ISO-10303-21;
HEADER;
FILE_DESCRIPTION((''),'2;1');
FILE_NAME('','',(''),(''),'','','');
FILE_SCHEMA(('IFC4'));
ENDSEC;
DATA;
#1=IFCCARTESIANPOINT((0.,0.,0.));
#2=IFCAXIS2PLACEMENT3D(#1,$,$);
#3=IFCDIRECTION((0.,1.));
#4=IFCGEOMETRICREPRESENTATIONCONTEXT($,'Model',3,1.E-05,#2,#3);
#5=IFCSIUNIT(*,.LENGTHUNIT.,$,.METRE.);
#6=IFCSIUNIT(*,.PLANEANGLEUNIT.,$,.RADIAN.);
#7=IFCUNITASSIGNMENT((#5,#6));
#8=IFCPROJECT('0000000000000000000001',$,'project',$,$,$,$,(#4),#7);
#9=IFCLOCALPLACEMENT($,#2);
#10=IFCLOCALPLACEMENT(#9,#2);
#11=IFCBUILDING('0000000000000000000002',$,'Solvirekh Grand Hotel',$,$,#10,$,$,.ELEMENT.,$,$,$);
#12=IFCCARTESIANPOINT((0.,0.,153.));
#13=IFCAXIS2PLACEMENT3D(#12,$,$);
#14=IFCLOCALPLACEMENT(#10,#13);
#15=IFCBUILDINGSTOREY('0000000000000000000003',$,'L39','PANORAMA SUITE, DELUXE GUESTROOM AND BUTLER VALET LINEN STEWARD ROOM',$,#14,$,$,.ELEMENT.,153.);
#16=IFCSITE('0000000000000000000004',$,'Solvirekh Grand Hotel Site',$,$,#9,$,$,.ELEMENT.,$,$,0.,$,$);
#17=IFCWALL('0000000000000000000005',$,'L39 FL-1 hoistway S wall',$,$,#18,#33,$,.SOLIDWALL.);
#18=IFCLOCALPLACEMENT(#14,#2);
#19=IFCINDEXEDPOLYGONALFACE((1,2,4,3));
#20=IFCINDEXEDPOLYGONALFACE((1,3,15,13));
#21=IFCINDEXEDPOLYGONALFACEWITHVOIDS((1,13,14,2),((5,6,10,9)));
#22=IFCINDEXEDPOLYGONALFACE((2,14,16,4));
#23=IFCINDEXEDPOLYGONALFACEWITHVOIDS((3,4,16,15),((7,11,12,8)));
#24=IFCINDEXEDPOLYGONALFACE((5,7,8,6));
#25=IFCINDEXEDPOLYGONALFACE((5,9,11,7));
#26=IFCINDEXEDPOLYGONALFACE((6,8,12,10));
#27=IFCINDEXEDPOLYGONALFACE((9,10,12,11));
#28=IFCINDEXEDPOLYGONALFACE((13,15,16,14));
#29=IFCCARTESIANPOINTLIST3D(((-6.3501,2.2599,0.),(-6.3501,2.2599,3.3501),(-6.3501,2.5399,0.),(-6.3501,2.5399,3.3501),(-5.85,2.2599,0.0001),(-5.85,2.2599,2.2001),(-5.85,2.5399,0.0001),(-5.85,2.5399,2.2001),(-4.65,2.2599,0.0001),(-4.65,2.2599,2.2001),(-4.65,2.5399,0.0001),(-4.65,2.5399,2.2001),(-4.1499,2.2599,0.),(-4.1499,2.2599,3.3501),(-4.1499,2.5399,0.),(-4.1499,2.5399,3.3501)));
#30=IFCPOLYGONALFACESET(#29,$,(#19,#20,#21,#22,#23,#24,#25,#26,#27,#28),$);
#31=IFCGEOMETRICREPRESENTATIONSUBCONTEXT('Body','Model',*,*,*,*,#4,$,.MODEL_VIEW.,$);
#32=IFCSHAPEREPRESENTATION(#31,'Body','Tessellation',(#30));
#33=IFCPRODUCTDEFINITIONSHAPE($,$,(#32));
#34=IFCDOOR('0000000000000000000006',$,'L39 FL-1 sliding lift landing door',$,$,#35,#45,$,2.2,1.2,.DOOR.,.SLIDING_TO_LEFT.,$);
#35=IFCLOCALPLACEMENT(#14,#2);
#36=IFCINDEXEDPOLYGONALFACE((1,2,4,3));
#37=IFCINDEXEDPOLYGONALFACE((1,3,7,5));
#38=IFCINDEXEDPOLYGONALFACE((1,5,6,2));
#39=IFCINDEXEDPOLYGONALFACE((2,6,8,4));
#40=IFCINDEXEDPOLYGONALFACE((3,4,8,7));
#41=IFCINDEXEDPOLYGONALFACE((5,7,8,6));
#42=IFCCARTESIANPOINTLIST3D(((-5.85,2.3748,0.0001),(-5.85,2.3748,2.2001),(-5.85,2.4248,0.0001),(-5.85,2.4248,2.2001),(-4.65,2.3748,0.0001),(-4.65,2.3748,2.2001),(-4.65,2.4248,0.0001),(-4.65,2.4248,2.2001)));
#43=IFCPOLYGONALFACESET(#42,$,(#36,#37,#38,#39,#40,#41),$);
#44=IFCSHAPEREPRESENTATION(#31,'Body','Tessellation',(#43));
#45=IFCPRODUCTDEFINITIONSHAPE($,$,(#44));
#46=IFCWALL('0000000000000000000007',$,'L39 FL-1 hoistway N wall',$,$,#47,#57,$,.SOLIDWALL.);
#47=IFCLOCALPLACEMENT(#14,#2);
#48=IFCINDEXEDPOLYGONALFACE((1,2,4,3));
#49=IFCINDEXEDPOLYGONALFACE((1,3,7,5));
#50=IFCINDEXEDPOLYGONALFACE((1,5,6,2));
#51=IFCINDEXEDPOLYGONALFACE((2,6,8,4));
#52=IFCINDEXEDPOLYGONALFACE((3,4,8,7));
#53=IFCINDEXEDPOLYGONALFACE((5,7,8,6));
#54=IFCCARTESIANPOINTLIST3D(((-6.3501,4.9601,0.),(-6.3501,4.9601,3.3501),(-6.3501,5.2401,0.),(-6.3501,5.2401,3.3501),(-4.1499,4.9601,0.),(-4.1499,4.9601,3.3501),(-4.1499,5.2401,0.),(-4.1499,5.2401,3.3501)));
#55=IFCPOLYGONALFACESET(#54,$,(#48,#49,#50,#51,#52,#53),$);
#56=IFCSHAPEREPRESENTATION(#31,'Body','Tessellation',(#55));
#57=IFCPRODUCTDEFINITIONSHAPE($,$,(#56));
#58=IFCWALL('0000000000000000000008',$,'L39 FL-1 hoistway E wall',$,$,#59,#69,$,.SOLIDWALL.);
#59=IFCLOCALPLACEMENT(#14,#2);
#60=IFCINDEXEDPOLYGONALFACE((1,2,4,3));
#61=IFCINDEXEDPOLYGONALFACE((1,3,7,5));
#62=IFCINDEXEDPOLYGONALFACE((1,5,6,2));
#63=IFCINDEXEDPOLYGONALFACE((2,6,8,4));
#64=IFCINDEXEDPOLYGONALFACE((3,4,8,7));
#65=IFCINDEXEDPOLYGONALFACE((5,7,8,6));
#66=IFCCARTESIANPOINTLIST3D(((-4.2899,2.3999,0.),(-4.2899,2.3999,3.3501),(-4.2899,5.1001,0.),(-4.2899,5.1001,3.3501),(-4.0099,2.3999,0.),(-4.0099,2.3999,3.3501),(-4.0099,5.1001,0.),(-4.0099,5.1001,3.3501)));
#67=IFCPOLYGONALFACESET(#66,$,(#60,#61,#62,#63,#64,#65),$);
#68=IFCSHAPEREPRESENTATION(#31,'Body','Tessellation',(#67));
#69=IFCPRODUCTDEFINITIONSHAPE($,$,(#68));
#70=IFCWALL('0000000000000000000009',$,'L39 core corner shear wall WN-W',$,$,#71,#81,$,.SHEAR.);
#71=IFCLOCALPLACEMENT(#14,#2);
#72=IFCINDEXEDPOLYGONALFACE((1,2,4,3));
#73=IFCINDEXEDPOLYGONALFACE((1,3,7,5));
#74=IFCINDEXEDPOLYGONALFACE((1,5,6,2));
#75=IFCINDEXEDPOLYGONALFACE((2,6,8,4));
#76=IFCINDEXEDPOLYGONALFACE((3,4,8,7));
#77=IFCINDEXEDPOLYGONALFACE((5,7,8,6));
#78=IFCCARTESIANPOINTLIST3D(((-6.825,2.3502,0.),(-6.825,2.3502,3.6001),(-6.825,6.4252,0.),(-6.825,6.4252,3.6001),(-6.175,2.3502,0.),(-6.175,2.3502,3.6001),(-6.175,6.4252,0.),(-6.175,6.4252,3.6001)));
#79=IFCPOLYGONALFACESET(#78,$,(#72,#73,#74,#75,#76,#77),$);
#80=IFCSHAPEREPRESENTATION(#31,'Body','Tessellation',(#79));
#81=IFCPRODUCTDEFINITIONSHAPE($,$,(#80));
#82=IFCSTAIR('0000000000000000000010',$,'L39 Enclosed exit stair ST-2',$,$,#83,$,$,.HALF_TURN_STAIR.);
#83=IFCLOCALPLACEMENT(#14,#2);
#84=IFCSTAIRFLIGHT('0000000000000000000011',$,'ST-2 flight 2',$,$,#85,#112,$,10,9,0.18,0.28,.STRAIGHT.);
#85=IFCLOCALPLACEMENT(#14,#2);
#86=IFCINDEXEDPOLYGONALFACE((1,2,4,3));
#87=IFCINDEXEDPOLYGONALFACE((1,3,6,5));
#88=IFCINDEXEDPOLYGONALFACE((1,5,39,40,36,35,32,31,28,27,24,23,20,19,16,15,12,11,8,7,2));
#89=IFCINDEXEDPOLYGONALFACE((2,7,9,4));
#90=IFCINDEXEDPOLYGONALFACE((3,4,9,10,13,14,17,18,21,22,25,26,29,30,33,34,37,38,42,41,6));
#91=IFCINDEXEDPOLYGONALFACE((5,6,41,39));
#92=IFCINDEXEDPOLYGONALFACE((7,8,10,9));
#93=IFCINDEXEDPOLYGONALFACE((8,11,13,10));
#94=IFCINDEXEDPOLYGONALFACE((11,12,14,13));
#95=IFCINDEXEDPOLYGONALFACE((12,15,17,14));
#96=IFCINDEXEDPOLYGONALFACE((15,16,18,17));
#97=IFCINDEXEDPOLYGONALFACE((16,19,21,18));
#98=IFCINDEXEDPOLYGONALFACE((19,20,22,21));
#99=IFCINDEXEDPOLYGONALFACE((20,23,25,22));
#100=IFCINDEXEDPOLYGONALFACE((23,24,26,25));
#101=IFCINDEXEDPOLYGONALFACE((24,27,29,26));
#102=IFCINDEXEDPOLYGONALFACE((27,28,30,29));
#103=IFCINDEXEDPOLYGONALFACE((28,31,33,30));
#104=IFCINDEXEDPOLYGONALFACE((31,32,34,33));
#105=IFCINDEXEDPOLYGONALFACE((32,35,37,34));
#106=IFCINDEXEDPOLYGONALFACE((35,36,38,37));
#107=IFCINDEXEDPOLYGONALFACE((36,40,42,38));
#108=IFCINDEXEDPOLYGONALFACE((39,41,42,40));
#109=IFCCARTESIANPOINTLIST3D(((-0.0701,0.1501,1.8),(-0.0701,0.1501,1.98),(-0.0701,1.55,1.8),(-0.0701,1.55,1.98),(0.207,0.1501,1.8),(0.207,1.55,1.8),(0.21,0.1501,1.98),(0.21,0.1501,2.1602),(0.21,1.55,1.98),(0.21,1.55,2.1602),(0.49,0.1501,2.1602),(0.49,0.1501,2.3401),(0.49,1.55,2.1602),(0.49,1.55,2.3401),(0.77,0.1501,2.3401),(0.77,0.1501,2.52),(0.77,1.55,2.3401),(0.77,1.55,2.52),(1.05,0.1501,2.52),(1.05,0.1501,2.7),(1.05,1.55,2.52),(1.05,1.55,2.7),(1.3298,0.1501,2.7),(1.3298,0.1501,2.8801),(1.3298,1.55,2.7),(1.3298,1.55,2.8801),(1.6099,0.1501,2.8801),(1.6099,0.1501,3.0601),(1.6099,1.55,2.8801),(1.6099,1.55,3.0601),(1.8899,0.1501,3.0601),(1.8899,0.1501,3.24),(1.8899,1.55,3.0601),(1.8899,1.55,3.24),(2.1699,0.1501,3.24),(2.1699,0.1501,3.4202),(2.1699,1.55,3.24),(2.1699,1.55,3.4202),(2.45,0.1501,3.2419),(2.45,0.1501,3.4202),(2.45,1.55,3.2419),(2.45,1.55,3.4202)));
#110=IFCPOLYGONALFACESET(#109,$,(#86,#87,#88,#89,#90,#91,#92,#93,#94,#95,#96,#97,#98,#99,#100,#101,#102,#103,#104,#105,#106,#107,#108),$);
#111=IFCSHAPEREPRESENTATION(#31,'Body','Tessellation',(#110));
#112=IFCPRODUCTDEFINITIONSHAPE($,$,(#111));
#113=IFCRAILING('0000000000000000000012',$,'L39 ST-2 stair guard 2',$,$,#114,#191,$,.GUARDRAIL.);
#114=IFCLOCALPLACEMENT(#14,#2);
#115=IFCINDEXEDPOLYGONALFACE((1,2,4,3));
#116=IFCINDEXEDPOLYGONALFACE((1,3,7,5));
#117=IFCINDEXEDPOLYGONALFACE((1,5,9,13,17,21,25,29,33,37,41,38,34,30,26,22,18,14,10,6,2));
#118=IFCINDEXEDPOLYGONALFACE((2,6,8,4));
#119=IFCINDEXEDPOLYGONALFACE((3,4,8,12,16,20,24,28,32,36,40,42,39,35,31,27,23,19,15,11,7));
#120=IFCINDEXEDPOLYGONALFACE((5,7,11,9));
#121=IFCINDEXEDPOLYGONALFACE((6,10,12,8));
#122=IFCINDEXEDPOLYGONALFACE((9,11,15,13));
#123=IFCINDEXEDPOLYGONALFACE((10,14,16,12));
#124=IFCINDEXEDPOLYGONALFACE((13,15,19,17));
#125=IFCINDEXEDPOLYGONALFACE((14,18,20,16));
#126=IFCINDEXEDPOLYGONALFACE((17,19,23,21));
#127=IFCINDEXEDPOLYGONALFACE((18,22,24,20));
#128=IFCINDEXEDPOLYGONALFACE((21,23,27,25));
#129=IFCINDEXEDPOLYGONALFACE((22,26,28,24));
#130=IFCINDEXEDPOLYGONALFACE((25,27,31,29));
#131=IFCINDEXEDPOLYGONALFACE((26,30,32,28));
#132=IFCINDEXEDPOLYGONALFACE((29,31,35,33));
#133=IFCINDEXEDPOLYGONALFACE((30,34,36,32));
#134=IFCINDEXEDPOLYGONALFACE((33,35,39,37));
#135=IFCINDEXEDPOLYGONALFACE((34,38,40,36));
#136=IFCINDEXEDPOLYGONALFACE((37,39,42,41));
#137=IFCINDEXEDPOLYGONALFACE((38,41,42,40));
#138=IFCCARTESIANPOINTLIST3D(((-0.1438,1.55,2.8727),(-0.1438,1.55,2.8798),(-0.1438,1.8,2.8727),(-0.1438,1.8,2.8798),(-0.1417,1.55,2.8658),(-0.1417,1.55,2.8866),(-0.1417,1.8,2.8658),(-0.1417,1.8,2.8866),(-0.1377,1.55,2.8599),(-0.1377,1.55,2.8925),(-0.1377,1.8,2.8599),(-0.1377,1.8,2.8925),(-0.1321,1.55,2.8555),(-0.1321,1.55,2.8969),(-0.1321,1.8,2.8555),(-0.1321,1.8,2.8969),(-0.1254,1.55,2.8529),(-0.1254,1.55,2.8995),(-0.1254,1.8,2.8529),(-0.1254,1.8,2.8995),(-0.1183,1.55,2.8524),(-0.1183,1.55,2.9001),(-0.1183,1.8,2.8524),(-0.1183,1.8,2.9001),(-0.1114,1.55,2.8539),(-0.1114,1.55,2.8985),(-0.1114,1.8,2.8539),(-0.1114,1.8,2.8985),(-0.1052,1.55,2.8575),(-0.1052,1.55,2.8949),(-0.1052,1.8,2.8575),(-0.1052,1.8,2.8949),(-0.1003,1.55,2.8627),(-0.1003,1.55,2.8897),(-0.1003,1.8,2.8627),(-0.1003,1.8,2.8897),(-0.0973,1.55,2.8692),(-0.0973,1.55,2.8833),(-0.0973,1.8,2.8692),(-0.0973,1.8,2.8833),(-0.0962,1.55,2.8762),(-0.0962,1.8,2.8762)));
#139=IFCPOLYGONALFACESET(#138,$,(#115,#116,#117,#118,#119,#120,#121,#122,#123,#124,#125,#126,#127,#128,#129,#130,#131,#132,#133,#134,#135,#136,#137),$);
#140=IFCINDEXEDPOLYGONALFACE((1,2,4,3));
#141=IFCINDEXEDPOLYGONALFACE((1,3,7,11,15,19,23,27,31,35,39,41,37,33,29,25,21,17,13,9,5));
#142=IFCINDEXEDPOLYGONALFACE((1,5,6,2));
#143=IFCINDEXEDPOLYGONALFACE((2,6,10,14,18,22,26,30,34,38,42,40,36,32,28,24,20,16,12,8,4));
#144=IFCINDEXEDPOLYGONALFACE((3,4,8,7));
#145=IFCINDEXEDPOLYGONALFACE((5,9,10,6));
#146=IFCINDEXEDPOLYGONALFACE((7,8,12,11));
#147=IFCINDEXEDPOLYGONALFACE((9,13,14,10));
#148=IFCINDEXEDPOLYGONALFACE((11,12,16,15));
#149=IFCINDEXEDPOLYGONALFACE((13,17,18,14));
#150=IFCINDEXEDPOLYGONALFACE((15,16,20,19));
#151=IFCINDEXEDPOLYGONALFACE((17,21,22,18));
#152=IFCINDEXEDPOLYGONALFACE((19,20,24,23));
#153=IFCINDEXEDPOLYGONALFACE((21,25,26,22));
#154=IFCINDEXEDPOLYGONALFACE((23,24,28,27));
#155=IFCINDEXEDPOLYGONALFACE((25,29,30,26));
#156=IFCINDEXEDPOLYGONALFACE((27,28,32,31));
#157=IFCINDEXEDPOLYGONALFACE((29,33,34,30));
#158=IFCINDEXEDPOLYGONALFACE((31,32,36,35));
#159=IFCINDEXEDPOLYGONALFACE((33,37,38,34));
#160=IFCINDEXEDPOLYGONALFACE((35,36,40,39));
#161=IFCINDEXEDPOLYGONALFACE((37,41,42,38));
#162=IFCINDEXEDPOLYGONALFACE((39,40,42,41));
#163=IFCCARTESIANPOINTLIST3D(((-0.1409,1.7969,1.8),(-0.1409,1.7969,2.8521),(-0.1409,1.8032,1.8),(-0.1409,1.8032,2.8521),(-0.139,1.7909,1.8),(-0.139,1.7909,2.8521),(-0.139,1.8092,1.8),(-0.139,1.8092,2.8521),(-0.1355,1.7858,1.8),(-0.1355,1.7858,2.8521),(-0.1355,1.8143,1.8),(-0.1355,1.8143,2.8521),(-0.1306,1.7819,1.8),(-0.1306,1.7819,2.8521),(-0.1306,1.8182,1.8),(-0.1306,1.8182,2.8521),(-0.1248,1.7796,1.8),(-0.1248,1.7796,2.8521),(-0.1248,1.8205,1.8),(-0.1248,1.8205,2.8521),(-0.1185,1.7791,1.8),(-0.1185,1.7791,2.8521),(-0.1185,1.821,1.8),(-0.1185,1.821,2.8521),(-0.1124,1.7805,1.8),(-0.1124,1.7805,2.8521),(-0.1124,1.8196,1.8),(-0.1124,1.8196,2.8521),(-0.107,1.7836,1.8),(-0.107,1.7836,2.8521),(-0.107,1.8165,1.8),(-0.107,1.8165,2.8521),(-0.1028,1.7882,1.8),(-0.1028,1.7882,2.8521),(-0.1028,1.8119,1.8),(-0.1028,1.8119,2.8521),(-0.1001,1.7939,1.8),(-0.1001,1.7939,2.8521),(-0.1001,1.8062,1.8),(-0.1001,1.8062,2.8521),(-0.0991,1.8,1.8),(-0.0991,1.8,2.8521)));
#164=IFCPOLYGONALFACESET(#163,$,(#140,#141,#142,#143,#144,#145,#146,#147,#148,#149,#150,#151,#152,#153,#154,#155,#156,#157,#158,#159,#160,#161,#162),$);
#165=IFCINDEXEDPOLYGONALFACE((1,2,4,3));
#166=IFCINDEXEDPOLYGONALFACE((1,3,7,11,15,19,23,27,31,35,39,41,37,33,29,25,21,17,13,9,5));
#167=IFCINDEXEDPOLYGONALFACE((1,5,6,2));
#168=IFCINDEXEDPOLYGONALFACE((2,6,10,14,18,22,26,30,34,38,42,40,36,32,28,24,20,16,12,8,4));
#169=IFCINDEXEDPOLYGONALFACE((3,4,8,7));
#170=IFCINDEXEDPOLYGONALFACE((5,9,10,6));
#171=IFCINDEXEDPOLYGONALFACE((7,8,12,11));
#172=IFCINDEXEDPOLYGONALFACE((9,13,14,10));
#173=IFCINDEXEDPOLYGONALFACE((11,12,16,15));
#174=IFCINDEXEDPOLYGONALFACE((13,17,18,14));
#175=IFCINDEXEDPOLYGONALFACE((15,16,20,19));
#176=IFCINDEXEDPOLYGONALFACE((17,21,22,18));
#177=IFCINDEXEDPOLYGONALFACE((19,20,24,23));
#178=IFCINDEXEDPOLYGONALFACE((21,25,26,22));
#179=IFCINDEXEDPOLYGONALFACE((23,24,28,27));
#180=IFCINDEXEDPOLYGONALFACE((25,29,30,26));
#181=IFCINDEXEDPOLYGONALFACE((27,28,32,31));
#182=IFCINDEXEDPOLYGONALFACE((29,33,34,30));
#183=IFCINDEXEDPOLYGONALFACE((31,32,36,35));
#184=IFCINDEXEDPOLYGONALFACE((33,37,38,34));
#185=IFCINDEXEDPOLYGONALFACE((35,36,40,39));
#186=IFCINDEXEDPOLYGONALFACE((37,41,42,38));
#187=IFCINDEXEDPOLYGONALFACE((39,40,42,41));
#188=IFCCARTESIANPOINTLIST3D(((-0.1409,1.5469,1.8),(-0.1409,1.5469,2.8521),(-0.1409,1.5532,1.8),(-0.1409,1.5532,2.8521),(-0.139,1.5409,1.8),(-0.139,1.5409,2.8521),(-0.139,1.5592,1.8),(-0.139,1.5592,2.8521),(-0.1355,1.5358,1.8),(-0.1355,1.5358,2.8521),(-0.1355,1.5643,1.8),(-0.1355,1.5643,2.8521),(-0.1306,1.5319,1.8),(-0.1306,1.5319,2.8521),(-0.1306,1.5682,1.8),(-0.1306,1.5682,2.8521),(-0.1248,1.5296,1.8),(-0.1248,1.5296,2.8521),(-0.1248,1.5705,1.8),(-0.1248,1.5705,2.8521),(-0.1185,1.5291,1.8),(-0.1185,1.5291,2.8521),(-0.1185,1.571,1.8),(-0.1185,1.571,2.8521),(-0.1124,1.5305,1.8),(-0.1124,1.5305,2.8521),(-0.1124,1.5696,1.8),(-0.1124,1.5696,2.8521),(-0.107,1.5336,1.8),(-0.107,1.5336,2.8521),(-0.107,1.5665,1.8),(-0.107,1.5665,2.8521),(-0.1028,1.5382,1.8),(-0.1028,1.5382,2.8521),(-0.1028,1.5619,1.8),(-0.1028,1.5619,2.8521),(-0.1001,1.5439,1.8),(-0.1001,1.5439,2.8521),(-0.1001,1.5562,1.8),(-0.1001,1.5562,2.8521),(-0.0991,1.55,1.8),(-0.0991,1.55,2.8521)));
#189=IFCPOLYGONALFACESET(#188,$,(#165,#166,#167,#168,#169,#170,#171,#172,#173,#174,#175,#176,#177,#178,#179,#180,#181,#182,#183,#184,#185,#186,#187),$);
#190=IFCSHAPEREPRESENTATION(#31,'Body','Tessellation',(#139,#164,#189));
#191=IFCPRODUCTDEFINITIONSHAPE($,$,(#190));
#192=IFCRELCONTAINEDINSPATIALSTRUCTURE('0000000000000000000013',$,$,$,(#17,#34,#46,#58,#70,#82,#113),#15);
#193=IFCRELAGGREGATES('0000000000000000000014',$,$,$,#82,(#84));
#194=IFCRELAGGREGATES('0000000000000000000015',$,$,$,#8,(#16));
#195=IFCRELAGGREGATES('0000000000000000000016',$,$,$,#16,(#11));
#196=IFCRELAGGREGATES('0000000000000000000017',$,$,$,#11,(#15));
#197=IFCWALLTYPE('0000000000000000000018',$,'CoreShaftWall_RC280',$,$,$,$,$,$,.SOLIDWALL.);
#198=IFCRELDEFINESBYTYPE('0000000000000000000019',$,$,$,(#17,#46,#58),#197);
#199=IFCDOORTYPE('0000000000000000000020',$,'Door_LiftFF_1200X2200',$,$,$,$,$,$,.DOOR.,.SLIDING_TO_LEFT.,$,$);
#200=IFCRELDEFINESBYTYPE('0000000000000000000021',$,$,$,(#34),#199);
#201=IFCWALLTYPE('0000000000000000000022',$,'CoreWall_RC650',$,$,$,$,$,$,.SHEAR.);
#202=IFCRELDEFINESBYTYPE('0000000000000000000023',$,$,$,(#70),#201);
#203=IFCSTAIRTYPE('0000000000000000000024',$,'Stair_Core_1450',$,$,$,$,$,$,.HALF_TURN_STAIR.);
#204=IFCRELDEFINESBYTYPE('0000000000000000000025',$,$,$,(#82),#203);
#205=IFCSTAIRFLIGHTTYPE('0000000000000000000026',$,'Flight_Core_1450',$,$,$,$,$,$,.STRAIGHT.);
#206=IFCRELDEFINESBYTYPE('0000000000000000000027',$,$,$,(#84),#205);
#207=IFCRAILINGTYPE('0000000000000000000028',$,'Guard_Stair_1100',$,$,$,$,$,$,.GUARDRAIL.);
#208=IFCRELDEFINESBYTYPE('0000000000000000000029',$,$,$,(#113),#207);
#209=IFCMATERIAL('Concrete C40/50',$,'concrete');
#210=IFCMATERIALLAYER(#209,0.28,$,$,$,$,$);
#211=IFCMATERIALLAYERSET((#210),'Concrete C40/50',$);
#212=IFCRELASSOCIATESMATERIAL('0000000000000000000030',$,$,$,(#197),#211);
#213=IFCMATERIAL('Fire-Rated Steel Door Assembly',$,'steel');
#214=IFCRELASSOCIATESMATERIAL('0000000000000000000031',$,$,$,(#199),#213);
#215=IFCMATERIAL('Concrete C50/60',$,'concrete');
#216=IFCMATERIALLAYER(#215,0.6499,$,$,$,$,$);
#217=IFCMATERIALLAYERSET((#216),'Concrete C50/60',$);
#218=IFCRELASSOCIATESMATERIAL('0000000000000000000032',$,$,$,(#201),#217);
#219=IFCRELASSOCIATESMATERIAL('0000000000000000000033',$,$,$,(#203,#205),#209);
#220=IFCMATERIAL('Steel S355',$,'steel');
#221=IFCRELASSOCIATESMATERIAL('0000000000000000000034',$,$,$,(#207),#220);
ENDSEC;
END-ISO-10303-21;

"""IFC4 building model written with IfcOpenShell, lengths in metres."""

from ifc_helpers import new_model, si_unit, direction, frame, frame_2d, origin, origin_2d, place, context, subcontext, project, spatial, polyline, rectangle, circle, outline, extrude, material, layer, layer_set, type_object, element, fill, aggregate, save


model = new_model("IFC4")

# Units and contexts
model_context = context("Model", 3, precision=1e-05, world=origin(), true_north=direction((0.0, 1.0)))
body_context = subcontext(model_context, "Body", "Model", "MODEL_VIEW")
ifc_project = project(units=[si_unit("LENGTHUNIT", "METRE"), si_unit("PLANEANGLEUNIT", "RADIAN")], contexts=[model_context])

# Site, building, storey
site_placement = place(None, origin())
site = spatial("IfcSite", under=ifc_project, at=site_placement, Name="Solvirekh Grand Hotel Site", CompositionType="ELEMENT", RefElevation=0.0)
building_placement = place(site_placement, origin())
building = spatial("IfcBuilding", under=site, at=building_placement, Name="Solvirekh Grand Hotel", CompositionType="ELEMENT")
storey_placement = place(building_placement, frame((0.0, 0.0, 153.0)))
storey = spatial("IfcBuildingStorey", under=building, at=storey_placement, Name="L39", Description="PANORAMA SUITE, DELUXE GUESTROOM AND BUTLER VALET LINEN STEWARD ROOM", CompositionType="ELEMENT", Elevation=153.0)

# Shared definitions
ifc_material_1 = material(Name="Concrete C50/60", Category="concrete")

# Shared definitions
ifc_material_2 = material(Name="Steel S355", Category="steel")

# Shared definitions
ifc_material_3 = material(Name="Concrete C40/50", Category="concrete")
ifc_layer_1 = layer(ifc_material_3, 0.28)
ifc_layer_set_1 = layer_set([ifc_layer_1], Name="Concrete C40/50")
wall_type_1 = type_object("IfcWallType", Name="CoreShaftWall_RC280", PredefinedType="SOLIDWALL", material=ifc_layer_set_1)

# Wall, opening, door
wall_1_placement = place(storey_placement, frame((-6.3501, 2.3999, 0.0), z_axis=(0.0, 0.0, 1.0), x_axis=(1.0, 0.0, 0.0)))
wall_1 = element("IfcWall", 1, at=wall_1_placement, inside=storey, type_object=wall_type_1, Name="L39 FL-1 hoistway S wall", PredefinedType="SOLIDWALL", context=body_context, shape_type="SweptSolid", body=[
    extrude(rectangle(XDim=2.2002, YDim=0.28, at=frame_2d((1.1001, 0.0))), origin(), (0.0, 0.0, 1.0), 3.3501),
])
opening_placement = place(wall_1_placement, frame((0.5, 0.0, 0.0)))
opening = element("IfcOpeningElement", 2, at=opening_placement, cuts=wall_1, PredefinedType="OPENING", context=body_context, shape_type="SweptSolid", body=[
    extrude(rectangle(XDim=1.2, YDim=2.2, at=frame_2d((0.6001, 1.1001))), frame((0.0, 0.1499, 0.0), z_axis=(0.0, -1.0, 0.0), x_axis=(1.0, 0.0, 0.0)), (0.0, 0.0, 1.0), 0.3),
])
ifc_material_4 = material(Name="Fire-Rated Steel Door Assembly", Category="steel")
door_type = type_object("IfcDoorType", Name="Door_LiftFF_1200X2200", OperationType="SLIDING_TO_LEFT", PredefinedType="DOOR", material=ifc_material_4)
door_placement = place(opening_placement, origin())
door = element("IfcDoor", 3, at=door_placement, inside=storey, type_object=door_type, Name="L39 FL-1 sliding lift landing door", OperationType="SLIDING_TO_LEFT", OverallHeight=2.2, OverallWidth=1.2, PredefinedType="DOOR", context=body_context, shape_type="SweptSolid", body=[
    extrude(rectangle(XDim=1.2, YDim=2.2, at=frame_2d((0.6001, 1.1001))), frame((0.0, 0.0249, 0.0), z_axis=(0.0, -1.0, 0.0), x_axis=(1.0, 0.0, 0.0)), (0.0, 0.0, 1.0), 0.05),
])
fill(opening, door)

# Walls
wall_2_placement = place(storey_placement, frame((-4.1499, 5.1001, 0.0), z_axis=(0.0, 0.0, 1.0), x_axis=(-1.0, 0.0, 0.0)))
element("IfcWall", 4, at=wall_2_placement, inside=storey, type_object=wall_type_1, Name="L39 FL-1 hoistway N wall", PredefinedType="SOLIDWALL", context=body_context, shape_type="SweptSolid", body=[
    extrude(rectangle(XDim=2.2002, YDim=0.28, at=frame_2d((1.1001, 0.0))), origin(), (0.0, 0.0, 1.0), 3.3501),
])
wall_3_placement = place(storey_placement, frame((-4.1499, 2.3999, 0.0), z_axis=(0.0, 0.0, 1.0), x_axis=(0.0, 1.0, 0.0)))
element("IfcWall", 5, at=wall_3_placement, inside=storey, type_object=wall_type_1, Name="L39 FL-1 hoistway E wall", PredefinedType="SOLIDWALL", context=body_context, shape_type="SweptSolid", body=[
    extrude(rectangle(XDim=2.7002, YDim=0.28, at=frame_2d((1.3501, 0.0))), origin(), (0.0, 0.0, 1.0), 3.3501),
])
ifc_layer_2 = layer(ifc_material_1, 0.6499)
ifc_layer_set_2 = layer_set([ifc_layer_2], Name="Concrete C50/60")
wall_type_2 = type_object("IfcWallType", Name="CoreWall_RC650", PredefinedType="SHEAR", material=ifc_layer_set_2)
wall_4_placement = place(storey_placement, frame((-6.5, 2.3501, 0.0), z_axis=(0.0, 0.0, 1.0), x_axis=(0.0, 1.0, 0.0)))
element("IfcWall", 6, at=wall_4_placement, inside=storey, type_object=wall_type_2, Name="L39 core corner shear wall WN-W", PredefinedType="SHEAR", context=body_context, shape_type="SweptSolid", body=[
    extrude(rectangle(XDim=4.075, YDim=0.6499, at=frame_2d((2.0376, 0.0))), origin(), (0.0, 0.0, 1.0), 3.6001),
])

# Stair, stair flight
stair_type = type_object("IfcStairType", Name="Stair_Core_1450", PredefinedType="HALF_TURN_STAIR", material=ifc_material_3)
stair_placement = place(storey_placement, origin())
stair = element("IfcStair", 7, at=stair_placement, inside=storey, type_object=stair_type, Name="L39 Enclosed exit stair ST-2", PredefinedType="HALF_TURN_STAIR")
stair_flight_type = type_object("IfcStairFlightType", Name="Flight_Core_1450", PredefinedType="STRAIGHT", material=ifc_material_3)
stair_flight_placement = place(storey_placement, frame((-0.0701, 0.8501, 1.8), z_axis=(0.0, 0.0, 1.0), x_axis=(1.0, 0.0, 0.0)))
stair_flight = element("IfcStairFlight", 8, at=stair_flight_placement, type_object=stair_flight_type, Name="ST-2 flight 2", NumberOfRisers=10, NumberOfTreads=9, PredefinedType="STRAIGHT", RiserHeight=0.18, TreadLength=0.28, context=body_context, shape_type="SweptSolid", body=[
    extrude(outline(polyline([(0.0, 0.0), (0.0, 0.1799), (0.28, 0.1799), (0.28, 0.3601), (0.5601, 0.3601), (0.5601, 0.54), (0.8401, 0.54), (0.8401, 0.72), (1.1201, 0.72), (1.1201, 0.8999), (1.3999, 0.8999), (1.3999, 1.0801), (1.6799, 1.0801), (1.6799, 1.26), (1.96, 1.26), (1.96, 1.4399), (2.24, 1.4399), (2.24, 1.6201), (2.52, 1.6201), (2.52, 1.8), (2.52, 1.4419), (0.2771, 0.0), (0.0, 0.0)])), frame((0.0, 0.7, 0.0), z_axis=(0.0, -1.0, 0.0), x_axis=(1.0, 0.0, 0.0)), (0.0, 0.0, 1.0), 1.3999),
])
aggregate(stair, [stair_flight])

# Railing
railing_type_1 = type_object("IfcRailingType", Name="Guard_Stair_1100", PredefinedType="GUARDRAIL", material=ifc_material_2)
railing_1_placement = place(storey_placement, frame((-0.1201, 1.8, 1.8)))
element("IfcRailing", 9, at=railing_1_placement, inside=storey, type_object=railing_type_1, Name="L39 ST-2 stair guard 2", PredefinedType="GUARDRAIL", context=body_context, shape_type="SweptSolid", body=[
    extrude(circle(Radius=0.0239, at=origin_2d()), frame((0.0, 0.0, 1.0762), z_axis=(0.0, -1.0, 0.0), x_axis=(1.0, 0.0, 0.0)), (0.0, 0.0, 1.0), 0.25),
    extrude(circle(Radius=0.021, at=origin_2d()), origin(), (0.0, 0.0, 1.0), 1.052),
    extrude(circle(Radius=0.021, at=origin_2d()), frame((0.0, -0.25, 0.0)), (0.0, 0.0, 1.0), 1.052),
])

save(model, "model.ifc")
